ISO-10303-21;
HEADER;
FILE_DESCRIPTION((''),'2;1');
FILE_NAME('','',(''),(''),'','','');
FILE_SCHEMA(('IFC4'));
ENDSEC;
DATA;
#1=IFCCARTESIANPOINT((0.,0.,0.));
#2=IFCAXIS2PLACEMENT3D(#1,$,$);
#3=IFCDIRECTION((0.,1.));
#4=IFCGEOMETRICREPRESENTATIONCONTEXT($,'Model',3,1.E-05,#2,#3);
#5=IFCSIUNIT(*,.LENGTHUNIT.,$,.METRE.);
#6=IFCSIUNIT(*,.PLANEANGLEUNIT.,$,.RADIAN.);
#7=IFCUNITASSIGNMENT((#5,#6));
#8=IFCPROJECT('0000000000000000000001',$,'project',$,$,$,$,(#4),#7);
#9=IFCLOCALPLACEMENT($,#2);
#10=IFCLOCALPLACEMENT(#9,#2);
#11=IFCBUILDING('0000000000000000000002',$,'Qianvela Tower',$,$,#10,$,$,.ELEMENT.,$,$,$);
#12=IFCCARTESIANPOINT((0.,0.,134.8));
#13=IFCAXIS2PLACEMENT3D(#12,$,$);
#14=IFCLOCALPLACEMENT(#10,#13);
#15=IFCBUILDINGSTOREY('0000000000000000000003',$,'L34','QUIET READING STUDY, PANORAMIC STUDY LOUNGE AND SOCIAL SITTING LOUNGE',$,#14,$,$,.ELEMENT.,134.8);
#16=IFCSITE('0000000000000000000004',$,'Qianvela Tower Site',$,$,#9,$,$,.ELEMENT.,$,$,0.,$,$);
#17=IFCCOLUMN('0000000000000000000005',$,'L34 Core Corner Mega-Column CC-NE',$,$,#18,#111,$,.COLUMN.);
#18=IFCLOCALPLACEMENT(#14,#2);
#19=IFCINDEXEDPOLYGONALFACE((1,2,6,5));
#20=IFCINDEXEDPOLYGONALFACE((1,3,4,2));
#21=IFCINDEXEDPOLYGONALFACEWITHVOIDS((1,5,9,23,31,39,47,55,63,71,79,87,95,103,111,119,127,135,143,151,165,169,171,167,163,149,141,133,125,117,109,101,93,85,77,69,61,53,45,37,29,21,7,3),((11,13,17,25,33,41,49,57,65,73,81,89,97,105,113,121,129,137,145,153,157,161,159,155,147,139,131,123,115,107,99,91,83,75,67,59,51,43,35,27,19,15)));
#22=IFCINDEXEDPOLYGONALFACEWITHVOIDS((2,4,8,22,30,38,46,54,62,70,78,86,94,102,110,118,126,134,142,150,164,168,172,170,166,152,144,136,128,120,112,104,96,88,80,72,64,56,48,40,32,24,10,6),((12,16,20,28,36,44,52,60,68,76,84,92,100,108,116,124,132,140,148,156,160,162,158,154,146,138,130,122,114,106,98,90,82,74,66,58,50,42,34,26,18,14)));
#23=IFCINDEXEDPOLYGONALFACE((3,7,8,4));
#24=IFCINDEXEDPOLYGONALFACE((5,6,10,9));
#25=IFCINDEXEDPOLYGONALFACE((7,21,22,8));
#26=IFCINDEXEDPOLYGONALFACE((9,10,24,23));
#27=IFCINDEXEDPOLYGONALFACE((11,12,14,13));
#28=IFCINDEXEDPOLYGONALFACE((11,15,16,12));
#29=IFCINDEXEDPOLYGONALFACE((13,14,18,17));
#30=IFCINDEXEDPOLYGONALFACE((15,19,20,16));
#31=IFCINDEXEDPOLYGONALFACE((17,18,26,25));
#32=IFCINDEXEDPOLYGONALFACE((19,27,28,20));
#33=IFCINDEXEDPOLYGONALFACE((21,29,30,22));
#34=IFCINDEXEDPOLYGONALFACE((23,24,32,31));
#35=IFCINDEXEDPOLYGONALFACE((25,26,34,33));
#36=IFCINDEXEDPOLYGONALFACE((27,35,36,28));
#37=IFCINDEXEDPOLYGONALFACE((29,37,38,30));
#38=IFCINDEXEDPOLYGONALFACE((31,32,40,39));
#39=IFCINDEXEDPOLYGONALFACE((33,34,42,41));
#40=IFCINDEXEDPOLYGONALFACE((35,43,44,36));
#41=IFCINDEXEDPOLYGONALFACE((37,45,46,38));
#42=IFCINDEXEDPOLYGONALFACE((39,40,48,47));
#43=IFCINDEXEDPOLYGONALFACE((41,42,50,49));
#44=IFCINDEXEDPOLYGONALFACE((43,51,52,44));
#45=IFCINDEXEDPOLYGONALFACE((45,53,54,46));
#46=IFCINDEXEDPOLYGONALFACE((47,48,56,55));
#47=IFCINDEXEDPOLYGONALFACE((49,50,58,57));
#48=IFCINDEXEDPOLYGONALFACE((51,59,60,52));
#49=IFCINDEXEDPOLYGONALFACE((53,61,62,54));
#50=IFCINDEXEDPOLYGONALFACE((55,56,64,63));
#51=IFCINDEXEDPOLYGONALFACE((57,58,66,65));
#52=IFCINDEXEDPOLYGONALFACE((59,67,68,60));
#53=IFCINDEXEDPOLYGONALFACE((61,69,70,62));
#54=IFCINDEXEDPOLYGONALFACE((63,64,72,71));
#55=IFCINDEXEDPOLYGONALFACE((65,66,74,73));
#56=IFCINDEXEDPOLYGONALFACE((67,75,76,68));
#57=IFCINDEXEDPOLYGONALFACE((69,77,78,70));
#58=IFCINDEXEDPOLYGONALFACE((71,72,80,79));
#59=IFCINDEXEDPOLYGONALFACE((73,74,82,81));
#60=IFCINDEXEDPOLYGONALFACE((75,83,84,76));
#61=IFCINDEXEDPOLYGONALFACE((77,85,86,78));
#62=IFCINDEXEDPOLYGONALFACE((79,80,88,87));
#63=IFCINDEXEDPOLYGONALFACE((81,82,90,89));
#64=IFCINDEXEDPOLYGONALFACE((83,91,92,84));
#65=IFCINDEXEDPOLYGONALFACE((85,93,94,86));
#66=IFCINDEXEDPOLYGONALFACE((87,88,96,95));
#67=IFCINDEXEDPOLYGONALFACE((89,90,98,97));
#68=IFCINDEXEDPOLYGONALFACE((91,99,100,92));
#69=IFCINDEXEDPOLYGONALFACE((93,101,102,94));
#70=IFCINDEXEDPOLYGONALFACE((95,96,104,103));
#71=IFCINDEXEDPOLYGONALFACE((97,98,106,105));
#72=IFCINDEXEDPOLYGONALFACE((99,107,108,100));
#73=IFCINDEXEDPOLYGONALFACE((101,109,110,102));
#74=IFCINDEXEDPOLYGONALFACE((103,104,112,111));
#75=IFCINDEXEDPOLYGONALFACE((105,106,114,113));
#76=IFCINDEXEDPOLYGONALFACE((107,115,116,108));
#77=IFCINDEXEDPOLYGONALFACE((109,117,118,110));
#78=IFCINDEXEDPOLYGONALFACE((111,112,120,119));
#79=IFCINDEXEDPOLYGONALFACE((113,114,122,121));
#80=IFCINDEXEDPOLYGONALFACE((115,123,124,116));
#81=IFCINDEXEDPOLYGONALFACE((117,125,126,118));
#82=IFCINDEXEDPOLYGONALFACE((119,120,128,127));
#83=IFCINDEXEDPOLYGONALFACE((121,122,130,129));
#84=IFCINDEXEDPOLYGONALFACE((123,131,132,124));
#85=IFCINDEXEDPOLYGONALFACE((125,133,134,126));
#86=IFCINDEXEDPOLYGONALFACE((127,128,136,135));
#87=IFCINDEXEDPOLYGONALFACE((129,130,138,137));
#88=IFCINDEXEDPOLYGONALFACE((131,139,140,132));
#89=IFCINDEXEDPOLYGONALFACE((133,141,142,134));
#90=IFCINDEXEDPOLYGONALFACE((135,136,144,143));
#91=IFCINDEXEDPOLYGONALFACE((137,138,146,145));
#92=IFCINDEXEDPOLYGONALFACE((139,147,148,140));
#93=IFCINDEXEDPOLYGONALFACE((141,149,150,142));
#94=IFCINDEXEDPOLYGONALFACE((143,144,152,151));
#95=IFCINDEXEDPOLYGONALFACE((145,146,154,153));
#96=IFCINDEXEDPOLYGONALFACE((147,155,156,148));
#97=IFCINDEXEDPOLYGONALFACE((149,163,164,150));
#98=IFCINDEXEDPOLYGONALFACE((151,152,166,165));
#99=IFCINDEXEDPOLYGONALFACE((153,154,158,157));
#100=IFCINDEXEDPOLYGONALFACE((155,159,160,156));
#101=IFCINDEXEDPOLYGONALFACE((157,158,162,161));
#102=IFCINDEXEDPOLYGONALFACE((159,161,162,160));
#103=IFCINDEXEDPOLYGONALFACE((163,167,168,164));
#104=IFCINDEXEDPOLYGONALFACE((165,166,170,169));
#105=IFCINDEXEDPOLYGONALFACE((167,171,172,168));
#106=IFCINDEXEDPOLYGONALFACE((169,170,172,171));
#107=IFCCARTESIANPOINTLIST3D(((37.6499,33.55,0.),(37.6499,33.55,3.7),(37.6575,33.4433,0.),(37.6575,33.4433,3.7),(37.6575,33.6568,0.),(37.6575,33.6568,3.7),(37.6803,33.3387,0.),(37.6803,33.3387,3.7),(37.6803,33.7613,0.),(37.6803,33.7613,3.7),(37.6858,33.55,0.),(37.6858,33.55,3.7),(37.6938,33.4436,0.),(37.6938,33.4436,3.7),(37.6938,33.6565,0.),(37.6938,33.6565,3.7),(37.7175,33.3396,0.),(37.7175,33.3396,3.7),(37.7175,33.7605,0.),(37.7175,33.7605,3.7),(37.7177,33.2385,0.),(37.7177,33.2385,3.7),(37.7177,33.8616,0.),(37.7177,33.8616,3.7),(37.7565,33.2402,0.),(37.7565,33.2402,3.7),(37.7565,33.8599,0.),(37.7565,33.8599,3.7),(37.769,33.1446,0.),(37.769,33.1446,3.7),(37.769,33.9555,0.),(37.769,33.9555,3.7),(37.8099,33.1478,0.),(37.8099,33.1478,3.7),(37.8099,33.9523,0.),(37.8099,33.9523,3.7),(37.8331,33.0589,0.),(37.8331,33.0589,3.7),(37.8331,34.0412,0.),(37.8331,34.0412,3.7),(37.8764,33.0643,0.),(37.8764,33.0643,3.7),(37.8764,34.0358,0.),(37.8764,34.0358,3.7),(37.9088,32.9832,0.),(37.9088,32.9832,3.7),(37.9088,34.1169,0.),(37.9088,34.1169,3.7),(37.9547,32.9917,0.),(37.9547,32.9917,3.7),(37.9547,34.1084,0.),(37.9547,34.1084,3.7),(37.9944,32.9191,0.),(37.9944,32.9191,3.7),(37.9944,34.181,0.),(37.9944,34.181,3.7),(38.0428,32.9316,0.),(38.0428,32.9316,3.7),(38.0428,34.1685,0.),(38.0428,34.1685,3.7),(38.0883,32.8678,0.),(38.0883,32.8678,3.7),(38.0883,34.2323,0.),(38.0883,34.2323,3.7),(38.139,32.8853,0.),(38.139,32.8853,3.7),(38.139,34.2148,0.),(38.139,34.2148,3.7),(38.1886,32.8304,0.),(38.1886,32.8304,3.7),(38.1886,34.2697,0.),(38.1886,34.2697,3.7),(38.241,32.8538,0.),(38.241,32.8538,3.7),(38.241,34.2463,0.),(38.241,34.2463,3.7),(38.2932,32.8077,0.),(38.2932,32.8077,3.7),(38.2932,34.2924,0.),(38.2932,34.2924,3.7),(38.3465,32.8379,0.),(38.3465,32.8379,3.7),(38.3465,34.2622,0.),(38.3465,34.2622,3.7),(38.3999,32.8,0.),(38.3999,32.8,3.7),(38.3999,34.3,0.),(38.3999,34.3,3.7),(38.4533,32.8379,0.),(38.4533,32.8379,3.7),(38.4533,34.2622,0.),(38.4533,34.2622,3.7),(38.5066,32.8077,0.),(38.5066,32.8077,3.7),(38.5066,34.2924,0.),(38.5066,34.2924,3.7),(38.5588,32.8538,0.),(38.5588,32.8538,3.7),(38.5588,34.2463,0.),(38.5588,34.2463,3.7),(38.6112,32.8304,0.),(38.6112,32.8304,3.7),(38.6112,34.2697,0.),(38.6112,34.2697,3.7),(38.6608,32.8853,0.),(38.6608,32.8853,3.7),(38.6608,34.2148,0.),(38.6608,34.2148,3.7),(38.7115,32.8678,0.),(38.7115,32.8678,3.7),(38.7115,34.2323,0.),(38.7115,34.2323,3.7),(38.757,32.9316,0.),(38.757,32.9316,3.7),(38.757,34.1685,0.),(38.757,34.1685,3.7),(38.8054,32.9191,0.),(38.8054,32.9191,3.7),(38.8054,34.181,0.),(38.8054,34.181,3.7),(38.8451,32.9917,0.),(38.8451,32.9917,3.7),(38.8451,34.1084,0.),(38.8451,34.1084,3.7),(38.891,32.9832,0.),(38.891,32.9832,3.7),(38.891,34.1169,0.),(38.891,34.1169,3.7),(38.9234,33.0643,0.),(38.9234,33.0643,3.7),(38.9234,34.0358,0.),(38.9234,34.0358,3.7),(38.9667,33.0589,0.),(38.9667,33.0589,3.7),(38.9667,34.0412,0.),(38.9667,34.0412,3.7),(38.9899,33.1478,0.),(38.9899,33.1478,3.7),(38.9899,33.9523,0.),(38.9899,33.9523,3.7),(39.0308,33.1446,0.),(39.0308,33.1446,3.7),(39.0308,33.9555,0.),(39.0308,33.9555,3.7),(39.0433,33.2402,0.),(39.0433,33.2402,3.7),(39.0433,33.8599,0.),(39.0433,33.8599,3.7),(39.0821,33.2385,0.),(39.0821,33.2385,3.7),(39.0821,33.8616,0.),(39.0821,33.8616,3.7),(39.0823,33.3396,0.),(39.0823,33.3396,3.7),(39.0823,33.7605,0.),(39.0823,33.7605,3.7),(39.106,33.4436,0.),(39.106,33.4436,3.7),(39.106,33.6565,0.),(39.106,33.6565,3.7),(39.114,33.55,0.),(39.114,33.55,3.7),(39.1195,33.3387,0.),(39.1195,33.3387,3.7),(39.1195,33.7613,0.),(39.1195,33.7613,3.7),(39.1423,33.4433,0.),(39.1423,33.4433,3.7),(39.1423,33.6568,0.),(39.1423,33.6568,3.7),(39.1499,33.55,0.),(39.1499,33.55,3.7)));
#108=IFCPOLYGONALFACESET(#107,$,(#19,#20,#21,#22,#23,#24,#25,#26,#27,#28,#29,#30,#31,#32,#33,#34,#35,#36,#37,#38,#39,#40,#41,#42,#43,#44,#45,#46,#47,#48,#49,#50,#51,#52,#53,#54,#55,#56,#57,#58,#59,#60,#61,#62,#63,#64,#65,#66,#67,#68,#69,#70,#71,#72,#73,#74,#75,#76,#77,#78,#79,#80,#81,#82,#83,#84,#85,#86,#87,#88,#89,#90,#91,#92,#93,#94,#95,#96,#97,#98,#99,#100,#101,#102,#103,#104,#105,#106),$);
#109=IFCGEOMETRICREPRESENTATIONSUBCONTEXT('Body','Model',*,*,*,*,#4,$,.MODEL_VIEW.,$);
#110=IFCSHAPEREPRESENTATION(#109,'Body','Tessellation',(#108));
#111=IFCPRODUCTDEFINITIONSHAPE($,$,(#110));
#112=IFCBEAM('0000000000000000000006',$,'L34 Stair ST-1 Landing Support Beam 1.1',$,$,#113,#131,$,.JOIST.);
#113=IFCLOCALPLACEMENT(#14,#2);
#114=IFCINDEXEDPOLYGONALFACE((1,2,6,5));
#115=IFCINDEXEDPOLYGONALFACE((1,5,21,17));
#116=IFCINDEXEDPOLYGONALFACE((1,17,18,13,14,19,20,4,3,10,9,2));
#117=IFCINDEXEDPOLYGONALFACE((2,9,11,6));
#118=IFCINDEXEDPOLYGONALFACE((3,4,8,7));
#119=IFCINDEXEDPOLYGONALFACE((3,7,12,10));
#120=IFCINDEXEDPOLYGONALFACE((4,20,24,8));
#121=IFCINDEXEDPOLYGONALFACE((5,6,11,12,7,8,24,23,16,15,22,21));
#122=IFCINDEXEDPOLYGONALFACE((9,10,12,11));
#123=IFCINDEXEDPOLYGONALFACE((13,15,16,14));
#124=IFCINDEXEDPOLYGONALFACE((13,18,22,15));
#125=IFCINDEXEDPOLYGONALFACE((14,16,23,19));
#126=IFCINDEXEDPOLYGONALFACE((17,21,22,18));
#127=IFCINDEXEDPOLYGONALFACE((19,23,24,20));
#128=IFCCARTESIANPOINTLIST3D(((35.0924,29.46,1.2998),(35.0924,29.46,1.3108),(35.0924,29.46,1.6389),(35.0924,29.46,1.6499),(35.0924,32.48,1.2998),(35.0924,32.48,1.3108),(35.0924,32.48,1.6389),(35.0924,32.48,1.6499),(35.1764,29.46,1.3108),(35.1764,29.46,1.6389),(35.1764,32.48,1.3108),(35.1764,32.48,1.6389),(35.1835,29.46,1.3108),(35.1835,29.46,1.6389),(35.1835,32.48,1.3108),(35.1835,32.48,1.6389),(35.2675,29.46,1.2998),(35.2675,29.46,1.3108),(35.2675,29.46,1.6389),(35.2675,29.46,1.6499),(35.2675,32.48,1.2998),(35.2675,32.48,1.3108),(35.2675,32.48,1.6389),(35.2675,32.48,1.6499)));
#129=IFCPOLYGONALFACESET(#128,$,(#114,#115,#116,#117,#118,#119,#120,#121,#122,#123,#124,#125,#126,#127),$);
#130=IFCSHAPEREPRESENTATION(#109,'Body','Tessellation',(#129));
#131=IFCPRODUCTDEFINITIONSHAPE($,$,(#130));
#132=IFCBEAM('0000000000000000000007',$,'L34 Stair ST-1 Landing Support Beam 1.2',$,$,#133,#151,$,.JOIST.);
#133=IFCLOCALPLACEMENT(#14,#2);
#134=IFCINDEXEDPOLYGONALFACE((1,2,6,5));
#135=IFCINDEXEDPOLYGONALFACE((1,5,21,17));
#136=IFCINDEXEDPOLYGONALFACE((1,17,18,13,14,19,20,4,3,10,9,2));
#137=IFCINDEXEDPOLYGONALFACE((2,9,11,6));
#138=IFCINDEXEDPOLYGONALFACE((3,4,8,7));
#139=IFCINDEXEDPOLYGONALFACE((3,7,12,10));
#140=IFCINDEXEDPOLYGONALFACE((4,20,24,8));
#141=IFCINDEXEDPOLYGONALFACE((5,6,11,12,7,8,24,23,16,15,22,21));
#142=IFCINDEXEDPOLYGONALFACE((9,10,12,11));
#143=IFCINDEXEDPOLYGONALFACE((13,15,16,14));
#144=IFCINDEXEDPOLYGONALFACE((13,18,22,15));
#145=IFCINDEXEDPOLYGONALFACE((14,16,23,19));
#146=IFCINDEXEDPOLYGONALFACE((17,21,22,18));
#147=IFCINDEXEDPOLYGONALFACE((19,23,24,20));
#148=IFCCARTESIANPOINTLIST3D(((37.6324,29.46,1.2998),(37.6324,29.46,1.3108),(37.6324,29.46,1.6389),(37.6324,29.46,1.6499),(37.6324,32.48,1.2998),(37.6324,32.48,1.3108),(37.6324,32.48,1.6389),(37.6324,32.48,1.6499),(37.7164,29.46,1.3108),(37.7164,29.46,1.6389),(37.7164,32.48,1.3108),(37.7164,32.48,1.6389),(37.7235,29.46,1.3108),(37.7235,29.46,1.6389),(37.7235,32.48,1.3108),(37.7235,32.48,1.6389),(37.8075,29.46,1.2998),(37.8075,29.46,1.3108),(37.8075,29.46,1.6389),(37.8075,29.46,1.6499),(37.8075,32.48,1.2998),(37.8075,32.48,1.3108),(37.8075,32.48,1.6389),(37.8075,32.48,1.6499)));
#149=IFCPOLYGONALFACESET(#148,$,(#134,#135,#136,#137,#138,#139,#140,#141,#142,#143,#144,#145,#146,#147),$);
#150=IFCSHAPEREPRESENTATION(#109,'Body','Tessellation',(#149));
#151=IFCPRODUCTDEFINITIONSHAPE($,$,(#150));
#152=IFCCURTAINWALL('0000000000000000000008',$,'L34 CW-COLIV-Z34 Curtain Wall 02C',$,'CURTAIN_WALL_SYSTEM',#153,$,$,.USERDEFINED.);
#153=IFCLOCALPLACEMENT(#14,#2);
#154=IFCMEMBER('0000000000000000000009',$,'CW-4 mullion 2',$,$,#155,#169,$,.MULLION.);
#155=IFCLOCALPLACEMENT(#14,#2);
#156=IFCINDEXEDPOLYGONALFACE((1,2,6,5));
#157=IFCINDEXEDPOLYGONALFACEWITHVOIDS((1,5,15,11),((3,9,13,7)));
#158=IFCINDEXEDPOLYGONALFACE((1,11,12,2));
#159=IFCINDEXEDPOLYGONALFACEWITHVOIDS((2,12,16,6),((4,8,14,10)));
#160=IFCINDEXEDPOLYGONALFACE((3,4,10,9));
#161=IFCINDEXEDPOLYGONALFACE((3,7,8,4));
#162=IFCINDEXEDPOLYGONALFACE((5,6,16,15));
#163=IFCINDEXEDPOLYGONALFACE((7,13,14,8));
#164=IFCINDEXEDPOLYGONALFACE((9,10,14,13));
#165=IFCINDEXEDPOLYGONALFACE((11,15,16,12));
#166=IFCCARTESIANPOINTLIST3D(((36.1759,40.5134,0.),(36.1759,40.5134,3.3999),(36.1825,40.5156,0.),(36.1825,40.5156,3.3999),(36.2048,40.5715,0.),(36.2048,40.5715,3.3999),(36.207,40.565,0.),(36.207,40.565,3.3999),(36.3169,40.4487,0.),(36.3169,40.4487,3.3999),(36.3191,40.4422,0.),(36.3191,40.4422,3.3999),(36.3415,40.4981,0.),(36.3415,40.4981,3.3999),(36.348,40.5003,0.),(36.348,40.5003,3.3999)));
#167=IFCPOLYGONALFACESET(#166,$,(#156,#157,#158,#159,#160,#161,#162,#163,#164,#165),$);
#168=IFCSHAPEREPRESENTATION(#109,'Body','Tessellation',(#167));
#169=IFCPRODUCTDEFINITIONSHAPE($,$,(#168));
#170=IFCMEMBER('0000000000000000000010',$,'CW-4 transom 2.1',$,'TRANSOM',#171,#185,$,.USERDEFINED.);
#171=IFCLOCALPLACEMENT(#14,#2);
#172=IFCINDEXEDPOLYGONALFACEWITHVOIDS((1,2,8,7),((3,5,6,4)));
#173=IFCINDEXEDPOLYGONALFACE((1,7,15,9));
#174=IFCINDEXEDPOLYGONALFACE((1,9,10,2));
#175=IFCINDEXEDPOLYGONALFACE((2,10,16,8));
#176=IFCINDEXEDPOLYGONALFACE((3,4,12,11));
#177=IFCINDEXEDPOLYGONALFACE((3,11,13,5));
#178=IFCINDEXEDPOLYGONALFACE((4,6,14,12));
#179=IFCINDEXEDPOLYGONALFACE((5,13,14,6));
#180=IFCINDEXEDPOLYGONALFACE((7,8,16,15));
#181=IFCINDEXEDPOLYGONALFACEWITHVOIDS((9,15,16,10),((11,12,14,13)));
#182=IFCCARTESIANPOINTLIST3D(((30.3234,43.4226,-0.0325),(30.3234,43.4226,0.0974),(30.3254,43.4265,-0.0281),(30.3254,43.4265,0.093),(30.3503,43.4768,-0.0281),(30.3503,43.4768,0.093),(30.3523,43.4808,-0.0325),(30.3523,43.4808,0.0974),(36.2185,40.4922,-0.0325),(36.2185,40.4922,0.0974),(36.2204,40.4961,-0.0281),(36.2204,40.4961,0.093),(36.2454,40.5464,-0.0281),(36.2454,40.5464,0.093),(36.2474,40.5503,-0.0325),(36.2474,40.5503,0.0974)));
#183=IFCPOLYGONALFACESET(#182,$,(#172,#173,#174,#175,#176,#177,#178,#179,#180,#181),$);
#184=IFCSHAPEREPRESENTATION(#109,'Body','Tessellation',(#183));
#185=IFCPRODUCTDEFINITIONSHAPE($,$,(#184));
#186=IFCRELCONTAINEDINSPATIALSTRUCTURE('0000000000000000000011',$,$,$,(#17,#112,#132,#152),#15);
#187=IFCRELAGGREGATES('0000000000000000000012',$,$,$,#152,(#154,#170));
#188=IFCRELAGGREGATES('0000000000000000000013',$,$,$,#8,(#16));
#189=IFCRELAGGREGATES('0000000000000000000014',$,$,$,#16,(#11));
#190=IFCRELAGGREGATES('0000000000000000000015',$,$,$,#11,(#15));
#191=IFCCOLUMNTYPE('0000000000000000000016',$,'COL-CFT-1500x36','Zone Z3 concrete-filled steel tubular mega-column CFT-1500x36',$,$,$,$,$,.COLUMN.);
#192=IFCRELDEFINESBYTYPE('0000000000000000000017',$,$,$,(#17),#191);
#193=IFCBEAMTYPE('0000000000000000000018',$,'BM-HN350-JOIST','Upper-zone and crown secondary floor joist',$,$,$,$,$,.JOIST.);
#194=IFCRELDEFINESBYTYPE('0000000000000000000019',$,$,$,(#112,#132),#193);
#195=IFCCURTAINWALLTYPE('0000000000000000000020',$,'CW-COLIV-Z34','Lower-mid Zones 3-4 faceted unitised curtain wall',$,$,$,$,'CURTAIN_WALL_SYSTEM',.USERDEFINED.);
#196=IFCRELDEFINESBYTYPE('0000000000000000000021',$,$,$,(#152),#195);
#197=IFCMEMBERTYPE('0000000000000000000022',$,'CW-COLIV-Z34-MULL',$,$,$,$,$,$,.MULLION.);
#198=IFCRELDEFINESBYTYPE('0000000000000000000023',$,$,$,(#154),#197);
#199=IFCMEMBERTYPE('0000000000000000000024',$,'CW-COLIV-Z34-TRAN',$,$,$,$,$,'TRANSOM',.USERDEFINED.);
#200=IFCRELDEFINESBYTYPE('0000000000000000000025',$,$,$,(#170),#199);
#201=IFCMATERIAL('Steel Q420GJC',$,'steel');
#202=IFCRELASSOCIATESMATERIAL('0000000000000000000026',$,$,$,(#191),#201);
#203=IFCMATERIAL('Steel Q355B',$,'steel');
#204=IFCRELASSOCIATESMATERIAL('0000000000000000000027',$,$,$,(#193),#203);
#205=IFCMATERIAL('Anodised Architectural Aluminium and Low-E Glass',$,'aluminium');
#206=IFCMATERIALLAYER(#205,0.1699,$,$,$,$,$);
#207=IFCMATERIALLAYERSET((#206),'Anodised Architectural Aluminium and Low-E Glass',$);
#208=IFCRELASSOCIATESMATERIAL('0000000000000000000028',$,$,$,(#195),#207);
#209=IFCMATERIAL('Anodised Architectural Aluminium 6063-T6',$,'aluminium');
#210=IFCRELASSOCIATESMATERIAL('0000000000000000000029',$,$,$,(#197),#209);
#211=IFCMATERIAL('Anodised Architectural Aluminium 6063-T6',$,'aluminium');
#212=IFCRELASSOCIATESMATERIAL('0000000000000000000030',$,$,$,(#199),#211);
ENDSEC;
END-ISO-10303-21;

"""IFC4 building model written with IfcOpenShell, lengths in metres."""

from ifc_helpers import new_model, si_unit, direction, frame, origin, origin_2d, place, context, subcontext, project, spatial, hollow_rectangle, hollow_circle, i_section, extrude, material, layer, layer_set, material_profile, profile_set, type_object, element, aggregate, save


model = new_model("IFC4")

# Units and contexts
model_context = context("Model", 3, precision=1e-05, world=origin(), true_north=direction((0.0, 1.0)))
body_context = subcontext(model_context, "Body", "Model", "MODEL_VIEW")
ifc_project = project(units=[si_unit("LENGTHUNIT", "METRE"), si_unit("PLANEANGLEUNIT", "RADIAN")], contexts=[model_context])

# Site, building, storey
site_placement = place(None, origin())
site = spatial("IfcSite", under=ifc_project, at=site_placement, Name="Qianvela Tower Site", CompositionType="ELEMENT", RefElevation=0.0)
building_placement = place(site_placement, origin())
building = spatial("IfcBuilding", under=site, at=building_placement, Name="Qianvela Tower", CompositionType="ELEMENT")
storey_placement = place(building_placement, frame((0.0, 0.0, 134.8)))
storey = spatial("IfcBuildingStorey", under=building, at=storey_placement, Name="L34", Description="QUIET READING STUDY, PANORAMIC STUDY LOUNGE AND SOCIAL SITTING LOUNGE", CompositionType="ELEMENT", Elevation=134.8)

# Column
ifc_material_1 = material(Name="Steel Q420GJC", Category="steel")
ifc_material_profile_1 = material_profile(ifc_material_1, hollow_circle(Radius=0.75, WallThickness=0.0359, at=origin_2d()), Name="CFT-1500x36")
ifc_profile_set_1 = profile_set([ifc_material_profile_1], Name="Steel Q420GJC")
column_type = type_object("IfcColumnType", Name="COL-CFT-1500x36", Description="Zone Z3 concrete-filled steel tubular mega-column CFT-1500x36", PredefinedType="COLUMN", material=ifc_profile_set_1)
column_placement = place(storey_placement, frame((38.3999, 33.55, 0.0), z_axis=(0.0, 0.0, 1.0), x_axis=(1.0, 0.0, 0.0)))
element("IfcColumn", 1, at=column_placement, inside=storey, type_object=column_type, Name="L34 Core Corner Mega-Column CC-NE", PredefinedType="COLUMN", context=body_context, shape_type="SweptSolid", body=[
    extrude(hollow_circle(Radius=0.75, WallThickness=0.0359, at=origin_2d()), origin(), (0.0, 0.0, 1.0), 3.7),
])

# Beams
ifc_material_2 = material(Name="Steel Q355B", Category="steel")
ifc_material_profile_2 = material_profile(ifc_material_2, i_section(OverallWidth=0.175, OverallDepth=0.3501, WebThickness=0.0071, FlangeThickness=0.011, at=origin_2d()), Name="HN350x175x7x11")
ifc_profile_set_2 = profile_set([ifc_material_profile_2], Name="Steel Q355B")
beam_type = type_object("IfcBeamType", Name="BM-HN350-JOIST", Description="Upper-zone and crown secondary floor joist", PredefinedType="JOIST", material=ifc_profile_set_2)
for number, where, z_axis, x_axis, name in (
    (2, (35.1799, 29.46, 1.4749), (0.0, 1.0, 0.0), (-1.0, 0.0, 0.0), "L34 Stair ST-1 Landing Support Beam 1.1"),
    (3, (37.72, 29.46, 1.4749), (0.0, 1.0, 0.0), (-1.0, 0.0, 0.0), "L34 Stair ST-1 Landing Support Beam 1.2"),
):
    element("IfcBeam", number, at=place(storey_placement, frame(where, z_axis=z_axis, x_axis=x_axis)), inside=storey, type_object=beam_type, Name=name, PredefinedType="JOIST", context=body_context, shape_type="SweptSolid", body=[
        extrude(i_section(OverallWidth=0.175, OverallDepth=0.3501, WebThickness=0.0071, FlangeThickness=0.011, at=origin_2d()), origin(), (0.0, 0.0, 1.0), 3.02),
    ])

# Curtain wall, members
ifc_material_3 = material(Name="Anodised Architectural Aluminium and Low-E Glass", Category="aluminium")
ifc_layer_1 = layer(ifc_material_3, 0.1699)
ifc_layer_set_1 = layer_set([ifc_layer_1], Name="Anodised Architectural Aluminium and Low-E Glass")
curtain_wall_type = type_object("IfcCurtainWallType", Name="CW-COLIV-Z34", Description="Lower-mid Zones 3-4 faceted unitised curtain wall", ElementType="CURTAIN_WALL_SYSTEM", PredefinedType="USERDEFINED", material=ifc_layer_set_1)
curtain_wall_placement = place(storey_placement, origin())
curtain_wall = element("IfcCurtainWall", 4, at=curtain_wall_placement, inside=storey, type_object=curtain_wall_type, Name="L34 CW-COLIV-Z34 Curtain Wall 02C", ObjectType="CURTAIN_WALL_SYSTEM", PredefinedType="USERDEFINED")
ifc_material_4 = material(Name="Anodised Architectural Aluminium 6063-T6", Category="aluminium")
ifc_material_profile_3 = material_profile(ifc_material_4, hollow_rectangle(XDim=0.0649, YDim=0.1599, WallThickness=0.0049, at=origin_2d()), Name="ALU-MULL-65x160")
ifc_profile_set_3 = profile_set([ifc_material_profile_3], Name="Anodised Architectural Aluminium 6063-T6")
member_type_1 = type_object("IfcMemberType", Name="CW-COLIV-Z34-MULL", PredefinedType="MULLION", material=ifc_profile_set_3)
member_1_placement = place(storey_placement, frame((36.262, 40.5068, 0.0), z_axis=(0.0, 0.0, 1.0), x_axis=(-0.445147, -0.895458, 0.0)))
member_1 = element("IfcMember", 5, at=member_1_placement, type_object=member_type_1, Name="CW-4 mullion 2", PredefinedType="MULLION", context=body_context, shape_type="SweptSolid", body=[
    extrude(hollow_rectangle(XDim=0.0649, YDim=0.1599, WallThickness=0.0049, at=origin_2d()), origin(), (0.0, 0.0, 1.0), 3.3999),
])
ifc_material_5 = material(Name="Anodised Architectural Aluminium 6063-T6", Category="aluminium")
ifc_material_profile_4 = material_profile(ifc_material_5, hollow_rectangle(XDim=0.0649, YDim=0.1299, WallThickness=0.0044, at=origin_2d()), Name="ALU-TRAN-65x130")
ifc_profile_set_4 = profile_set([ifc_material_profile_4], Name="Anodised Architectural Aluminium 6063-T6")
member_type_2 = type_object("IfcMemberType", Name="CW-COLIV-Z34-TRAN", ElementType="TRANSOM", PredefinedType="USERDEFINED", material=ifc_profile_set_4)
member_2_placement = place(storey_placement, frame((36.2329, 40.5212, 0.0325), z_axis=(-0.895463, 0.445136, 0.0), x_axis=(-0.445136, -0.895463, 0.0)))
member_2 = element("IfcMember", 6, at=member_2_placement, type_object=member_type_2, Name="CW-4 transom 2.1", ObjectType="TRANSOM", PredefinedType="USERDEFINED", context=body_context, shape_type="SweptSolid", body=[
    extrude(hollow_rectangle(XDim=0.0649, YDim=0.1299, WallThickness=0.0044, at=origin_2d()), origin(), (0.0, 0.0, 1.0), 6.5833),
])
aggregate(curtain_wall, [member_1, member_2])

save(model, "model.ifc")
